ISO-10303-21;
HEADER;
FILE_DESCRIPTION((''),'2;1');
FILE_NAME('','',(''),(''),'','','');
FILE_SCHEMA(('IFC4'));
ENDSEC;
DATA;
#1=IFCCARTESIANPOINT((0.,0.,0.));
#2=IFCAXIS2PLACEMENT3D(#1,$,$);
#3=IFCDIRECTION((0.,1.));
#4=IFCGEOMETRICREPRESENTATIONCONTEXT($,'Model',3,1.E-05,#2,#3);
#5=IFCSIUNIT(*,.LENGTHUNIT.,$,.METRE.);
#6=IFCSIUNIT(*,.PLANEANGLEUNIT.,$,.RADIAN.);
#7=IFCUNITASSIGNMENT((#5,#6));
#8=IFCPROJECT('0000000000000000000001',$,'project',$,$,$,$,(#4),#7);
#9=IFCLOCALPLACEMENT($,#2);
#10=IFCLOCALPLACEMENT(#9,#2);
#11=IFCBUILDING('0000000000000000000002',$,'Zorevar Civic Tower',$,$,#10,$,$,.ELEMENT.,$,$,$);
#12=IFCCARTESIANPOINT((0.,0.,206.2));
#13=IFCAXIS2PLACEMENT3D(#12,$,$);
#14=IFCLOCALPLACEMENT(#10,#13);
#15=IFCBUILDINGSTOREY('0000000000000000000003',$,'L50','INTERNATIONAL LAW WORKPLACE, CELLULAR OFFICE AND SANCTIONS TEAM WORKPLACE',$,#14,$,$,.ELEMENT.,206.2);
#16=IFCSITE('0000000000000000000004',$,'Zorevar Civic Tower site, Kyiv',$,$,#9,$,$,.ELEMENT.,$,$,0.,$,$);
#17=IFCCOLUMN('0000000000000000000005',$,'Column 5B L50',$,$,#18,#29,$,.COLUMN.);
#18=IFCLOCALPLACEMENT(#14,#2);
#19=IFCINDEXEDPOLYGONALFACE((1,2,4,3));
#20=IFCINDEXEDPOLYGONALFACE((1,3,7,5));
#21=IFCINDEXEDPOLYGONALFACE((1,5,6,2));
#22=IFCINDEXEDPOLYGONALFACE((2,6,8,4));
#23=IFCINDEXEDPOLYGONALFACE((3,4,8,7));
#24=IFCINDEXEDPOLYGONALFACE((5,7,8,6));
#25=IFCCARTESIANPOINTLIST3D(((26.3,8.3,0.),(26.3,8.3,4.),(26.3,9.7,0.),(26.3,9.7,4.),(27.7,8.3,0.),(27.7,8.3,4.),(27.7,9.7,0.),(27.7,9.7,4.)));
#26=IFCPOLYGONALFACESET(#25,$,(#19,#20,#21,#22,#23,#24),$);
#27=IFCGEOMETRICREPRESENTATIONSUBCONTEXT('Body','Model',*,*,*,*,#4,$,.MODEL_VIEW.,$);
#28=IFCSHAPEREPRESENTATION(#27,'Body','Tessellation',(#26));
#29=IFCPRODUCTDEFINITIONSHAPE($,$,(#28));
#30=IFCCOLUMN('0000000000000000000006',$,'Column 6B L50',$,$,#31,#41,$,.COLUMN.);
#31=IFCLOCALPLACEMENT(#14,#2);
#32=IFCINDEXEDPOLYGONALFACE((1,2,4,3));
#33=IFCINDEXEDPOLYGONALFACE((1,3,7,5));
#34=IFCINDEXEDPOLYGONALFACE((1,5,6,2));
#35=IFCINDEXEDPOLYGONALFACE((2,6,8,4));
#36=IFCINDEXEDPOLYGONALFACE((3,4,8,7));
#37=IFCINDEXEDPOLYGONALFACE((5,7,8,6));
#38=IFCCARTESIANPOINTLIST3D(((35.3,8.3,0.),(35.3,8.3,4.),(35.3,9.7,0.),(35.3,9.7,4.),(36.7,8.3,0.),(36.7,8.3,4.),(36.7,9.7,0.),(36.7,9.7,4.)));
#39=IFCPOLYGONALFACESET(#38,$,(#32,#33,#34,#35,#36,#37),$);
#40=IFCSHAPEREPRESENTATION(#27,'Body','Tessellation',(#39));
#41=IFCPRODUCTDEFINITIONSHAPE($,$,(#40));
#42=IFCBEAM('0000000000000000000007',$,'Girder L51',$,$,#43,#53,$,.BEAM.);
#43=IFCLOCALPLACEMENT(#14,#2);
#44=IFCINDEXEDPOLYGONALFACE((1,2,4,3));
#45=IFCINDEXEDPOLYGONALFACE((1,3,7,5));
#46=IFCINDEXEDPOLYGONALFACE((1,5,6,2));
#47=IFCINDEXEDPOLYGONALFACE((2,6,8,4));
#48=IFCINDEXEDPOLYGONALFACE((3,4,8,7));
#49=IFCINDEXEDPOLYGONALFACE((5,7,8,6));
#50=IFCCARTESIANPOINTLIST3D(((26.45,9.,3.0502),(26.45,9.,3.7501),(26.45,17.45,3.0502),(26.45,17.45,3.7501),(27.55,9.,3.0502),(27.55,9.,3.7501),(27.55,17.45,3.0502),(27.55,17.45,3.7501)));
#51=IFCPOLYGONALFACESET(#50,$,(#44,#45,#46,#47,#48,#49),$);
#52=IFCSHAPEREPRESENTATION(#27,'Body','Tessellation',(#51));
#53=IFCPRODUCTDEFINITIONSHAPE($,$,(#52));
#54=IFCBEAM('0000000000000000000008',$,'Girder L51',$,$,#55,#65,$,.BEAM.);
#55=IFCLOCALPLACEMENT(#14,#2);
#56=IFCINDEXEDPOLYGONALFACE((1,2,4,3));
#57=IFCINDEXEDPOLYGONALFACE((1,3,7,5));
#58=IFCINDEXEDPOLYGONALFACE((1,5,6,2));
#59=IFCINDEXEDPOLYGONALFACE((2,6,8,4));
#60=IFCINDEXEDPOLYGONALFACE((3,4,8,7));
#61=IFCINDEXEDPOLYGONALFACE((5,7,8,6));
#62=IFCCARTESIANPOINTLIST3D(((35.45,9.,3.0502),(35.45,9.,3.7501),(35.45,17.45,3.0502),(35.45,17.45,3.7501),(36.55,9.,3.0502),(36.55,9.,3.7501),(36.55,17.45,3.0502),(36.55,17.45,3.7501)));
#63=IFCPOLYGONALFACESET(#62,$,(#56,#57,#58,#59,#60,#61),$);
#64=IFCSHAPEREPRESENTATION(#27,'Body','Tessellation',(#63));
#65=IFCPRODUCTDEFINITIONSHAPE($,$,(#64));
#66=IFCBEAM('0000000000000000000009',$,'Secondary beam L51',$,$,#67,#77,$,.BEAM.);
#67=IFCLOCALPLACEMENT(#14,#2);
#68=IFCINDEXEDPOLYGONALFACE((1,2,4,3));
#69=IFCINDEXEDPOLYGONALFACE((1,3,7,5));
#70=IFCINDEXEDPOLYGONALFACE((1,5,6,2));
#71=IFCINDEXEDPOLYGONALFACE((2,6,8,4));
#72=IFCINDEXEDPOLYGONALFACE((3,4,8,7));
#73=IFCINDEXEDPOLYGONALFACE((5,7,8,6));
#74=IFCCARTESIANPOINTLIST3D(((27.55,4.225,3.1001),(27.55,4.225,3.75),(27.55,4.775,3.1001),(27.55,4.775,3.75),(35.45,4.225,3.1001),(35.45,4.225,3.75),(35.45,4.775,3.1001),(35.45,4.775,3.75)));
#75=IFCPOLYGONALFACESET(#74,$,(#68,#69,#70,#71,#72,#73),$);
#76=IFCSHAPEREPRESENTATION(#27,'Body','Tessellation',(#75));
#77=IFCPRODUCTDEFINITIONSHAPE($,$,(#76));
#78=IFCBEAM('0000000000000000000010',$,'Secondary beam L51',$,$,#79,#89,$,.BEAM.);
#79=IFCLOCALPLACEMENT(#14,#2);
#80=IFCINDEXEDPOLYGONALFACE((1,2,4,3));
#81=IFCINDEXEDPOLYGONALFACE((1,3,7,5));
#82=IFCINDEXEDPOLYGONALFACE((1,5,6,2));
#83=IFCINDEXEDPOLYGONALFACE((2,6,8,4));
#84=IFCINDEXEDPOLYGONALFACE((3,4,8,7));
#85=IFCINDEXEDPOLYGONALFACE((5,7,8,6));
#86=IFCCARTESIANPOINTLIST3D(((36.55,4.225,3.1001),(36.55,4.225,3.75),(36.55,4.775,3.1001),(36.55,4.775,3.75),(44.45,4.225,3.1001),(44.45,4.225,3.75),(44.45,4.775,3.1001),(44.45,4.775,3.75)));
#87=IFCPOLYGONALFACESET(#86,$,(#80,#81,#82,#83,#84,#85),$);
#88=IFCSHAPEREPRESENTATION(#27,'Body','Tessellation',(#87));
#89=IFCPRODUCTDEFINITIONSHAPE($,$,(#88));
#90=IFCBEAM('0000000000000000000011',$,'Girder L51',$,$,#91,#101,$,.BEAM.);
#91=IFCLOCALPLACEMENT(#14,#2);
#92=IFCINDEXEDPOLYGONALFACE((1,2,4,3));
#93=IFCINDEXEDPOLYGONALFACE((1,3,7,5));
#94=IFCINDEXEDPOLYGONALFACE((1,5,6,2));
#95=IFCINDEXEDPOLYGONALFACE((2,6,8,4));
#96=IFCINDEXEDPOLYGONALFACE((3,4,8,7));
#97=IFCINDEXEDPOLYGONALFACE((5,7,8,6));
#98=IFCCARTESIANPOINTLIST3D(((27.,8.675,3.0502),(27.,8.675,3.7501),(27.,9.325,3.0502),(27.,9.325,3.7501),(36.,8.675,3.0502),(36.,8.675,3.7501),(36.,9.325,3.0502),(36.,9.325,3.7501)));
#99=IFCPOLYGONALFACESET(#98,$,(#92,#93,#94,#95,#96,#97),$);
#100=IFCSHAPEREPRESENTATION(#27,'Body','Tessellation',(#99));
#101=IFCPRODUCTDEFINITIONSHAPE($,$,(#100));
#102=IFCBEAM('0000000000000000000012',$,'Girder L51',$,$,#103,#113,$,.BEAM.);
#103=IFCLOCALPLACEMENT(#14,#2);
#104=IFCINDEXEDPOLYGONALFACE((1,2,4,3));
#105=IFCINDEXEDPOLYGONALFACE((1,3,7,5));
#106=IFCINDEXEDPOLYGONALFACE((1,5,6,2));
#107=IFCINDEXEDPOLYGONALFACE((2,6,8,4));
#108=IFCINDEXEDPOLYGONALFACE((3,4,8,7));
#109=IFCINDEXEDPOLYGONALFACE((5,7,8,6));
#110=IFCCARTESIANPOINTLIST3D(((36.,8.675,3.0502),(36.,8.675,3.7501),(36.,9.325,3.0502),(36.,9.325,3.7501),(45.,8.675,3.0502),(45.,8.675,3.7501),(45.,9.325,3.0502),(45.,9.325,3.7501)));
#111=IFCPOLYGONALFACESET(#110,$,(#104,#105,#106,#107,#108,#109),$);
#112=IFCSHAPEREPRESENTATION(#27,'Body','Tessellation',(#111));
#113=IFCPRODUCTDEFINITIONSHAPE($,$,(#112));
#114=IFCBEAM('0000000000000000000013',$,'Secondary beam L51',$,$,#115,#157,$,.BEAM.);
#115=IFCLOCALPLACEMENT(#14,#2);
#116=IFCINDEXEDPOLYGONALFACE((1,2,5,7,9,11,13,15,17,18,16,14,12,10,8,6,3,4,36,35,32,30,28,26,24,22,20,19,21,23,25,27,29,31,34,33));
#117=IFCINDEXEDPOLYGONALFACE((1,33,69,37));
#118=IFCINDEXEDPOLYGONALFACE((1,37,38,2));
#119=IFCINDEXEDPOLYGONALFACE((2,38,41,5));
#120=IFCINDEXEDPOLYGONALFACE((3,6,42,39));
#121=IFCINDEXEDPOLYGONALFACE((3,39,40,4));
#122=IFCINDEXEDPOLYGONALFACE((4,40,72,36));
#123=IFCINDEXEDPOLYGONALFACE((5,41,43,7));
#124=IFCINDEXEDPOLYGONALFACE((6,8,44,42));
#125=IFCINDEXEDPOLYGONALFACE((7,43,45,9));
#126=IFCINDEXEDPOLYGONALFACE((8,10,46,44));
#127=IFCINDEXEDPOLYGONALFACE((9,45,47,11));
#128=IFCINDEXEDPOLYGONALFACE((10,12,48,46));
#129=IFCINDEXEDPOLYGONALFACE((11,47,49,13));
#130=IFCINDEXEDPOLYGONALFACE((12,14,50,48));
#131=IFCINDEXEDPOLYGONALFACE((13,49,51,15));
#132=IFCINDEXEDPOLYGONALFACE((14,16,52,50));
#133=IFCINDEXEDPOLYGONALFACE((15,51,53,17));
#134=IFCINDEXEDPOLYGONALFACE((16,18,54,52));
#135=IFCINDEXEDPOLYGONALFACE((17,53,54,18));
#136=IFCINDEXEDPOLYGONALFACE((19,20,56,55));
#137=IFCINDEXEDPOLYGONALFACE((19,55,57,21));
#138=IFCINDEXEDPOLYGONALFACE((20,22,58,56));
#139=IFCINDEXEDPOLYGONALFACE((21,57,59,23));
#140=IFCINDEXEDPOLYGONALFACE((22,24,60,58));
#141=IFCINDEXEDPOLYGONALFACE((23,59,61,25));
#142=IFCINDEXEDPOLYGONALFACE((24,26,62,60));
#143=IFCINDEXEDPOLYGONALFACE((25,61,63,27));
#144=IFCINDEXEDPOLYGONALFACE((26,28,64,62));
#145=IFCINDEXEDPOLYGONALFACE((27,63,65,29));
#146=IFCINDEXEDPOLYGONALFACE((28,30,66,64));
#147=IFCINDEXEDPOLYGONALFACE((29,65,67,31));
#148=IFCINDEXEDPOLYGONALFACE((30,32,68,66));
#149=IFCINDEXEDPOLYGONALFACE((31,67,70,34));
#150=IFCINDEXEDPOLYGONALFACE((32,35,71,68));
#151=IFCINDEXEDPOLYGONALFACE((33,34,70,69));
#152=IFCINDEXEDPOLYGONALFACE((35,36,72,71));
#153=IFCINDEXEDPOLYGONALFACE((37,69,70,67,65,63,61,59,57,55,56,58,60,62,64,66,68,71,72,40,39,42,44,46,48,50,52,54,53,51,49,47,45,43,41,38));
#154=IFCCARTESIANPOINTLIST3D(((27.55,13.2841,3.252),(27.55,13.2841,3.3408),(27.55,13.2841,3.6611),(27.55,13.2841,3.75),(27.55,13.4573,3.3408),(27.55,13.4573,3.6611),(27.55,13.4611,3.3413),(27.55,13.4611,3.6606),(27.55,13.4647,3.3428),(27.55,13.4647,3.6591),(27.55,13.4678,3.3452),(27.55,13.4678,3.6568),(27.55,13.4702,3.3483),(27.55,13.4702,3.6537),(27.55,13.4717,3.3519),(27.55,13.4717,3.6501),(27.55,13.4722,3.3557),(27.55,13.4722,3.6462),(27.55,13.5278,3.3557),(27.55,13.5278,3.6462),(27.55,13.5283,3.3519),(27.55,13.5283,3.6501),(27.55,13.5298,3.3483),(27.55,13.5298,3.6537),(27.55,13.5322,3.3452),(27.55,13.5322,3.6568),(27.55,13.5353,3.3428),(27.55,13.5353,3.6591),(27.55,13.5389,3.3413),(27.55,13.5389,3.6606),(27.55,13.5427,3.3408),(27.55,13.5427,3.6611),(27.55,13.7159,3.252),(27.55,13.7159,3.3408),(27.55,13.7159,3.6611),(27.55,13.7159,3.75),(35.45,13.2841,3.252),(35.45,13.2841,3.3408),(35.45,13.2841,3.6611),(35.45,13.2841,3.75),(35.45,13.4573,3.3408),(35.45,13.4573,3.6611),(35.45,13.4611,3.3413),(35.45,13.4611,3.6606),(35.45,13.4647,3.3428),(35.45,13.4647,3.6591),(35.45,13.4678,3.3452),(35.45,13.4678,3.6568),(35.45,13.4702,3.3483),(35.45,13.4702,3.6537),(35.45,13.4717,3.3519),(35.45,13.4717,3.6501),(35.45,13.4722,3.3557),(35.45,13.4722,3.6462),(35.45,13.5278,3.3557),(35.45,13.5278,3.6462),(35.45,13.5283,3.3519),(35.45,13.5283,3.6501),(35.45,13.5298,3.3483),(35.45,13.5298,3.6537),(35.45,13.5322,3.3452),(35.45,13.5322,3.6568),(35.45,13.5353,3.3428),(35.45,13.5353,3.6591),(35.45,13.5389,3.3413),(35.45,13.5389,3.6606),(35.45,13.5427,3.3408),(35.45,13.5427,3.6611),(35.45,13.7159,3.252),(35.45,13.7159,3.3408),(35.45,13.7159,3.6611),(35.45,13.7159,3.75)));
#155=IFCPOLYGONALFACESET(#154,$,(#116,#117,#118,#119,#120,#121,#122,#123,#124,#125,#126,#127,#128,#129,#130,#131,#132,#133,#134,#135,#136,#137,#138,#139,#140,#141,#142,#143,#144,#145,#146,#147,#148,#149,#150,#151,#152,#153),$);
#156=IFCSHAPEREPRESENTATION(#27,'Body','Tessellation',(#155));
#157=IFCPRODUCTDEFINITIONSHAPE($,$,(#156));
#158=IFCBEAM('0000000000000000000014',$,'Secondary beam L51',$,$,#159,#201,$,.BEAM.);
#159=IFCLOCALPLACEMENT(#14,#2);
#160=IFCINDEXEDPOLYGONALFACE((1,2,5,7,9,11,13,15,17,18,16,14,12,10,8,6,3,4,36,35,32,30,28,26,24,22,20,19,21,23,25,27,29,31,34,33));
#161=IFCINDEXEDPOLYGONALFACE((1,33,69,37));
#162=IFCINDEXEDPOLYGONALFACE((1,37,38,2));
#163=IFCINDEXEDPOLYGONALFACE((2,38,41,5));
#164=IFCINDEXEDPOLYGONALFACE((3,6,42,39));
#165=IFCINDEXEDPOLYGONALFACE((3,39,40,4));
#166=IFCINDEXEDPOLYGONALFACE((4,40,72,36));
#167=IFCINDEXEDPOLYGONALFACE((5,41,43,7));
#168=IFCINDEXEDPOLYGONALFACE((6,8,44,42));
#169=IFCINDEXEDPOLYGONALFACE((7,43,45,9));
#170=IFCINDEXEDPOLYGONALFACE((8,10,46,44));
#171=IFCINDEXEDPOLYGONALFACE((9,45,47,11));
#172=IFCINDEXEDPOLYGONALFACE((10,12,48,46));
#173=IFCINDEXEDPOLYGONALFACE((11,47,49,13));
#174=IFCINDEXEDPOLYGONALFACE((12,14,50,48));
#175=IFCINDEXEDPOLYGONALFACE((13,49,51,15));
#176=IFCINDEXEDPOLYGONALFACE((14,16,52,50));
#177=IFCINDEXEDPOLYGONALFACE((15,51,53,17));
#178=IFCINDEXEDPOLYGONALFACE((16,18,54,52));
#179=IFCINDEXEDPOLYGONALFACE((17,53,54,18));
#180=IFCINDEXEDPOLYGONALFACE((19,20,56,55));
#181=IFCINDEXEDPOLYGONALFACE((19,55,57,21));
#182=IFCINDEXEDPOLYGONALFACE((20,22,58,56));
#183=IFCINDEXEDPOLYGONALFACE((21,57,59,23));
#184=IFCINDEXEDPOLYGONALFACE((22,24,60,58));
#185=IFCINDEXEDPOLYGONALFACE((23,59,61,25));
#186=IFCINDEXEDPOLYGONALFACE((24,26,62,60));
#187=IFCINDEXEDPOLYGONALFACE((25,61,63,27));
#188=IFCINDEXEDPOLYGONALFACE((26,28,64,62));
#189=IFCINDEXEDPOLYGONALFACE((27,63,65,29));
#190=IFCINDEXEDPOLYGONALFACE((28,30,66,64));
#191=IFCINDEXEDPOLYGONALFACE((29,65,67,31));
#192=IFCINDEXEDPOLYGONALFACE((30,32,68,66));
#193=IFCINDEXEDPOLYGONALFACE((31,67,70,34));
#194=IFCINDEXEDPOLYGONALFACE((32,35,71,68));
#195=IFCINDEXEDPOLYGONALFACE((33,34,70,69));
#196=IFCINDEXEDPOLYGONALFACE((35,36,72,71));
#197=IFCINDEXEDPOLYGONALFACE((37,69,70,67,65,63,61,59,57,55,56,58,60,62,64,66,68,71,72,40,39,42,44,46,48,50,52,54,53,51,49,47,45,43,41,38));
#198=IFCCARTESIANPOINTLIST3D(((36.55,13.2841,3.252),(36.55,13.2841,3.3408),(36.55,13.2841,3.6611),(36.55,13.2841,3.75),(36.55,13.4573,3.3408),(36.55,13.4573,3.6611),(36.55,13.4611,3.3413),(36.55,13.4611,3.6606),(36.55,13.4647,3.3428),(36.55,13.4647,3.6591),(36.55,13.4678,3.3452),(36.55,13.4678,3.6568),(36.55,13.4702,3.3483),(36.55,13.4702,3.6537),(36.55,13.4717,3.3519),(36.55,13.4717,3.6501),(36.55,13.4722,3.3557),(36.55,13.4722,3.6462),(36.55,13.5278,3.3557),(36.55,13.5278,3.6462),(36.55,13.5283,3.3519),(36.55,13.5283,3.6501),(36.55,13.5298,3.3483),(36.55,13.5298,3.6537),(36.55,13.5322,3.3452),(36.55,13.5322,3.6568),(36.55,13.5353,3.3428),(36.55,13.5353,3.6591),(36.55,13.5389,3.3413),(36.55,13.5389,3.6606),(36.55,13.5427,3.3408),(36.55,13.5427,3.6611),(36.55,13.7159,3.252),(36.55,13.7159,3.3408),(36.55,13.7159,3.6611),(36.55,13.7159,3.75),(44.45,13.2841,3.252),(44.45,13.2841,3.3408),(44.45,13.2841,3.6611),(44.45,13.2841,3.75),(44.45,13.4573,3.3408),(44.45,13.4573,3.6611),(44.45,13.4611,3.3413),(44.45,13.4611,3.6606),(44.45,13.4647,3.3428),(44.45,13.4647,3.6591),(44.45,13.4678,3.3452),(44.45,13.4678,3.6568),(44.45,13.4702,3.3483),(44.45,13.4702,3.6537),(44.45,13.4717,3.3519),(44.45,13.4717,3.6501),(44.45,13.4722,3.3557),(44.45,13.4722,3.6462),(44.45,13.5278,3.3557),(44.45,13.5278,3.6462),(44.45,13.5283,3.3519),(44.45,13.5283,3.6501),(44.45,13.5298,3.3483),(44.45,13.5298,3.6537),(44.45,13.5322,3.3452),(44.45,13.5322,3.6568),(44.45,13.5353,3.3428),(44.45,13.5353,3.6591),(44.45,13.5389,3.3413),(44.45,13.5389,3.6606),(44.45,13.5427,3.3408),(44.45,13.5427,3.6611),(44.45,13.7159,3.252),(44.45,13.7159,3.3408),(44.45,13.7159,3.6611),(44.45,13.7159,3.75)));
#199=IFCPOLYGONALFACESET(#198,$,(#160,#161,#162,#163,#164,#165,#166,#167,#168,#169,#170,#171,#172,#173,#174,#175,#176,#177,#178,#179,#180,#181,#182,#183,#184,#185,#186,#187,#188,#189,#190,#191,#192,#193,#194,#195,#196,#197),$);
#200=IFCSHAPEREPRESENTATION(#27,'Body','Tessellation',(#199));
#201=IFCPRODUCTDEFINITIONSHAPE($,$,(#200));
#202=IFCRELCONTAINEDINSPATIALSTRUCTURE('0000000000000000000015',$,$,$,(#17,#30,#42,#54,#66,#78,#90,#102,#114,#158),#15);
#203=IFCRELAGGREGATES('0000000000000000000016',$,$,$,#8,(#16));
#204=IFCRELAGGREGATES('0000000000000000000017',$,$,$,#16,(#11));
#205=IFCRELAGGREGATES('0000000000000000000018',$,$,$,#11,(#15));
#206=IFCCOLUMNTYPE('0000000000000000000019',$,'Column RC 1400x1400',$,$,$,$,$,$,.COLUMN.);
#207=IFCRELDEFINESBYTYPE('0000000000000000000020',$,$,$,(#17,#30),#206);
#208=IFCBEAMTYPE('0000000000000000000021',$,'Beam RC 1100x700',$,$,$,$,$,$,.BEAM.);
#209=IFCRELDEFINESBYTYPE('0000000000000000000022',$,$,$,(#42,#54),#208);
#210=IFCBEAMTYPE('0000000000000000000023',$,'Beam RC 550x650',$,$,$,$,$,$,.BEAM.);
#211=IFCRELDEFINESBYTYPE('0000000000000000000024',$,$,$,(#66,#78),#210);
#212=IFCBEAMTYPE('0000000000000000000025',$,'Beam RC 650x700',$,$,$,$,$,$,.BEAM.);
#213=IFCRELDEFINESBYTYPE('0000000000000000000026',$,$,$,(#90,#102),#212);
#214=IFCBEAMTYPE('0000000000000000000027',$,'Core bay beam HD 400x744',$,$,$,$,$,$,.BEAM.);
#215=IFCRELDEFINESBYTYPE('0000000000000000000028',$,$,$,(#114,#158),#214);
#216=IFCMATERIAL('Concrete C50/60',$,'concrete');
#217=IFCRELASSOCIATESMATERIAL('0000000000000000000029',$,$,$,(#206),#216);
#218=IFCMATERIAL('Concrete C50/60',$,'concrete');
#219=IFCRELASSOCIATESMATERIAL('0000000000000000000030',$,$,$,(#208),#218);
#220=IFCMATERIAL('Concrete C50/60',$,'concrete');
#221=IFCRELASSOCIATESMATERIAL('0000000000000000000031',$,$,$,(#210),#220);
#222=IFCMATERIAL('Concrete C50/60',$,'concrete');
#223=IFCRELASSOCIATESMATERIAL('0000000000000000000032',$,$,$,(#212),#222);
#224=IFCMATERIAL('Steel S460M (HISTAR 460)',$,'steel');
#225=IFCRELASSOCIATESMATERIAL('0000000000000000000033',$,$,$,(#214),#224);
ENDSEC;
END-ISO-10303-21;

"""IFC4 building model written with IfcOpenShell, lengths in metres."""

from ifc_helpers import new_model, si_unit, direction, frame, origin, origin_2d, place, context, subcontext, project, spatial, rectangle, i_section, extrude, material, material_profile, profile_set, type_object, element, save


model = new_model("IFC4")

# Units and contexts
model_context = context("Model", 3, precision=1e-05, world=origin(), true_north=direction((0.0, 1.0)))
body_context = subcontext(model_context, "Body", "Model", "MODEL_VIEW")
ifc_project = project(units=[si_unit("LENGTHUNIT", "METRE"), si_unit("PLANEANGLEUNIT", "RADIAN")], contexts=[model_context])

# Site, building, storey
site_placement = place(None, origin())
site = spatial("IfcSite", under=ifc_project, at=site_placement, Name="Zorevar Civic Tower site, Kyiv", CompositionType="ELEMENT", RefElevation=0.0)
building_placement = place(site_placement, origin())
building = spatial("IfcBuilding", under=site, at=building_placement, Name="Zorevar Civic Tower", CompositionType="ELEMENT")
storey_placement = place(building_placement, frame((0.0, 0.0, 206.2)))
storey = spatial("IfcBuildingStorey", under=building, at=storey_placement, Name="L50", Description="INTERNATIONAL LAW WORKPLACE, CELLULAR OFFICE AND SANCTIONS TEAM WORKPLACE", CompositionType="ELEMENT", Elevation=206.2)

# Columns
ifc_material_1 = material(Name="Concrete C50/60", Category="concrete")
ifc_material_profile_1 = material_profile(ifc_material_1, rectangle(XDim=1.3999, YDim=1.3999, at=origin_2d()), Name="RC 1400x1400")
ifc_profile_set_1 = profile_set([ifc_material_profile_1], Name="Concrete C50/60")
column_type = type_object("IfcColumnType", Name="Column RC 1400x1400", PredefinedType="COLUMN", material=ifc_profile_set_1)
for number, where, z_axis, x_axis, name in (
    (1, (27.0, 9.0, 0.0), (0.0, 0.0, 1.0), (1.0, 0.0, 0.0), "Column 5B L50"),
    (2, (36.0, 9.0, 0.0), (0.0, 0.0, 1.0), (1.0, 0.0, 0.0), "Column 6B L50"),
):
    element("IfcColumn", number, at=place(storey_placement, frame(where, z_axis=z_axis, x_axis=x_axis)), inside=storey, type_object=column_type, Name=name, PredefinedType="COLUMN", context=body_context, shape_type="SweptSolid", body=[
        extrude(rectangle(XDim=1.3999, YDim=1.3999, at=origin_2d()), origin(), (0.0, 0.0, 1.0), 4.0),
    ])

# Beams
ifc_material_2 = material(Name="Concrete C50/60", Category="concrete")
ifc_material_profile_2 = material_profile(ifc_material_2, rectangle(XDim=1.1001, YDim=0.7, at=origin_2d()), Name="RC 1100x700")
ifc_profile_set_2 = profile_set([ifc_material_profile_2], Name="Concrete C50/60")
beam_type_1 = type_object("IfcBeamType", Name="Beam RC 1100x700", PredefinedType="BEAM", material=ifc_profile_set_2)
for number, where, z_axis, x_axis, name in (
    (3, (27.0, 9.0, 3.4001), (0.0, 1.0, 0.0), (-1.0, 0.0, 0.0), "Girder L51"),
    (4, (36.0, 9.0, 3.4001), (0.0, 1.0, 0.0), (-1.0, 0.0, 0.0), "Girder L51"),
):
    element("IfcBeam", number, at=place(storey_placement, frame(where, z_axis=z_axis, x_axis=x_axis)), inside=storey, type_object=beam_type_1, Name=name, PredefinedType="BEAM", context=body_context, shape_type="SweptSolid", body=[
        extrude(rectangle(XDim=1.1001, YDim=0.7, at=origin_2d()), origin(), (0.0, 0.0, 1.0), 8.45),
    ])
ifc_material_3 = material(Name="Concrete C50/60", Category="concrete")
ifc_material_profile_3 = material_profile(ifc_material_3, rectangle(XDim=0.55, YDim=0.6499, at=origin_2d()), Name="RC 550x650")
ifc_profile_set_3 = profile_set([ifc_material_profile_3], Name="Concrete C50/60")
beam_type_2 = type_object("IfcBeamType", Name="Beam RC 550x650", PredefinedType="BEAM", material=ifc_profile_set_3)
for number, where, z_axis, x_axis, name in (
    (5, (27.55, 4.5, 3.425), (1.0, 0.0, 0.0), (0.0, 1.0, 0.0), "Secondary beam L51"),
    (6, (36.55, 4.5, 3.425), (1.0, 0.0, 0.0), (0.0, 1.0, 0.0), "Secondary beam L51"),
):
    element("IfcBeam", number, at=place(storey_placement, frame(where, z_axis=z_axis, x_axis=x_axis)), inside=storey, type_object=beam_type_2, Name=name, PredefinedType="BEAM", context=body_context, shape_type="SweptSolid", body=[
        extrude(rectangle(XDim=0.55, YDim=0.6499, at=origin_2d()), origin(), (0.0, 0.0, 1.0), 7.8999),
    ])
ifc_material_4 = material(Name="Concrete C50/60", Category="concrete")
ifc_material_profile_4 = material_profile(ifc_material_4, rectangle(XDim=0.6499, YDim=0.7, at=origin_2d()), Name="RC 650x700")
ifc_profile_set_4 = profile_set([ifc_material_profile_4], Name="Concrete C50/60")
beam_type_3 = type_object("IfcBeamType", Name="Beam RC 650x700", PredefinedType="BEAM", material=ifc_profile_set_4)
for number, where, z_axis, x_axis, name in (
    (7, (27.0, 9.0, 3.4001), (1.0, 0.0, 0.0), (0.0, 1.0, 0.0), "Girder L51"),
    (8, (36.0, 9.0, 3.4001), (1.0, 0.0, 0.0), (0.0, 1.0, 0.0), "Girder L51"),
):
    element("IfcBeam", number, at=place(storey_placement, frame(where, z_axis=z_axis, x_axis=x_axis)), inside=storey, type_object=beam_type_3, Name=name, PredefinedType="BEAM", context=body_context, shape_type="SweptSolid", body=[
        extrude(rectangle(XDim=0.6499, YDim=0.7, at=origin_2d()), origin(), (0.0, 0.0, 1.0), 9.0),
    ])
ifc_material_5 = material(Name="Steel S460M (HISTAR 460)", Category="steel")
ifc_material_profile_5 = material_profile(ifc_material_5, i_section(OverallWidth=0.4319, OverallDepth=0.498, WebThickness=0.0557, FlangeThickness=0.0889, FilletRadius=0.0149, at=origin_2d()), Name="HD 400x744")
ifc_profile_set_5 = profile_set([ifc_material_profile_5], Name="Steel S460M (HISTAR 460)")
beam_type_4 = type_object("IfcBeamType", Name="Core bay beam HD 400x744", PredefinedType="BEAM", material=ifc_profile_set_5)
for number, where, z_axis, x_axis, name in (
    (9, (27.55, 13.5, 3.501), (1.0, 0.0, 0.0), (0.0, 1.0, 0.0), "Secondary beam L51"),
    (10, (36.55, 13.5, 3.501), (1.0, 0.0, 0.0), (0.0, 1.0, 0.0), "Secondary beam L51"),
):
    element("IfcBeam", number, at=place(storey_placement, frame(where, z_axis=z_axis, x_axis=x_axis)), inside=storey, type_object=beam_type_4, Name=name, PredefinedType="BEAM", context=body_context, shape_type="SweptSolid", body=[
        extrude(i_section(OverallWidth=0.4319, OverallDepth=0.498, WebThickness=0.0557, FlangeThickness=0.0889, FilletRadius=0.0149, at=origin_2d()), origin(), (0.0, 0.0, 1.0), 7.8999),
    ])

save(model, "model.ifc")
